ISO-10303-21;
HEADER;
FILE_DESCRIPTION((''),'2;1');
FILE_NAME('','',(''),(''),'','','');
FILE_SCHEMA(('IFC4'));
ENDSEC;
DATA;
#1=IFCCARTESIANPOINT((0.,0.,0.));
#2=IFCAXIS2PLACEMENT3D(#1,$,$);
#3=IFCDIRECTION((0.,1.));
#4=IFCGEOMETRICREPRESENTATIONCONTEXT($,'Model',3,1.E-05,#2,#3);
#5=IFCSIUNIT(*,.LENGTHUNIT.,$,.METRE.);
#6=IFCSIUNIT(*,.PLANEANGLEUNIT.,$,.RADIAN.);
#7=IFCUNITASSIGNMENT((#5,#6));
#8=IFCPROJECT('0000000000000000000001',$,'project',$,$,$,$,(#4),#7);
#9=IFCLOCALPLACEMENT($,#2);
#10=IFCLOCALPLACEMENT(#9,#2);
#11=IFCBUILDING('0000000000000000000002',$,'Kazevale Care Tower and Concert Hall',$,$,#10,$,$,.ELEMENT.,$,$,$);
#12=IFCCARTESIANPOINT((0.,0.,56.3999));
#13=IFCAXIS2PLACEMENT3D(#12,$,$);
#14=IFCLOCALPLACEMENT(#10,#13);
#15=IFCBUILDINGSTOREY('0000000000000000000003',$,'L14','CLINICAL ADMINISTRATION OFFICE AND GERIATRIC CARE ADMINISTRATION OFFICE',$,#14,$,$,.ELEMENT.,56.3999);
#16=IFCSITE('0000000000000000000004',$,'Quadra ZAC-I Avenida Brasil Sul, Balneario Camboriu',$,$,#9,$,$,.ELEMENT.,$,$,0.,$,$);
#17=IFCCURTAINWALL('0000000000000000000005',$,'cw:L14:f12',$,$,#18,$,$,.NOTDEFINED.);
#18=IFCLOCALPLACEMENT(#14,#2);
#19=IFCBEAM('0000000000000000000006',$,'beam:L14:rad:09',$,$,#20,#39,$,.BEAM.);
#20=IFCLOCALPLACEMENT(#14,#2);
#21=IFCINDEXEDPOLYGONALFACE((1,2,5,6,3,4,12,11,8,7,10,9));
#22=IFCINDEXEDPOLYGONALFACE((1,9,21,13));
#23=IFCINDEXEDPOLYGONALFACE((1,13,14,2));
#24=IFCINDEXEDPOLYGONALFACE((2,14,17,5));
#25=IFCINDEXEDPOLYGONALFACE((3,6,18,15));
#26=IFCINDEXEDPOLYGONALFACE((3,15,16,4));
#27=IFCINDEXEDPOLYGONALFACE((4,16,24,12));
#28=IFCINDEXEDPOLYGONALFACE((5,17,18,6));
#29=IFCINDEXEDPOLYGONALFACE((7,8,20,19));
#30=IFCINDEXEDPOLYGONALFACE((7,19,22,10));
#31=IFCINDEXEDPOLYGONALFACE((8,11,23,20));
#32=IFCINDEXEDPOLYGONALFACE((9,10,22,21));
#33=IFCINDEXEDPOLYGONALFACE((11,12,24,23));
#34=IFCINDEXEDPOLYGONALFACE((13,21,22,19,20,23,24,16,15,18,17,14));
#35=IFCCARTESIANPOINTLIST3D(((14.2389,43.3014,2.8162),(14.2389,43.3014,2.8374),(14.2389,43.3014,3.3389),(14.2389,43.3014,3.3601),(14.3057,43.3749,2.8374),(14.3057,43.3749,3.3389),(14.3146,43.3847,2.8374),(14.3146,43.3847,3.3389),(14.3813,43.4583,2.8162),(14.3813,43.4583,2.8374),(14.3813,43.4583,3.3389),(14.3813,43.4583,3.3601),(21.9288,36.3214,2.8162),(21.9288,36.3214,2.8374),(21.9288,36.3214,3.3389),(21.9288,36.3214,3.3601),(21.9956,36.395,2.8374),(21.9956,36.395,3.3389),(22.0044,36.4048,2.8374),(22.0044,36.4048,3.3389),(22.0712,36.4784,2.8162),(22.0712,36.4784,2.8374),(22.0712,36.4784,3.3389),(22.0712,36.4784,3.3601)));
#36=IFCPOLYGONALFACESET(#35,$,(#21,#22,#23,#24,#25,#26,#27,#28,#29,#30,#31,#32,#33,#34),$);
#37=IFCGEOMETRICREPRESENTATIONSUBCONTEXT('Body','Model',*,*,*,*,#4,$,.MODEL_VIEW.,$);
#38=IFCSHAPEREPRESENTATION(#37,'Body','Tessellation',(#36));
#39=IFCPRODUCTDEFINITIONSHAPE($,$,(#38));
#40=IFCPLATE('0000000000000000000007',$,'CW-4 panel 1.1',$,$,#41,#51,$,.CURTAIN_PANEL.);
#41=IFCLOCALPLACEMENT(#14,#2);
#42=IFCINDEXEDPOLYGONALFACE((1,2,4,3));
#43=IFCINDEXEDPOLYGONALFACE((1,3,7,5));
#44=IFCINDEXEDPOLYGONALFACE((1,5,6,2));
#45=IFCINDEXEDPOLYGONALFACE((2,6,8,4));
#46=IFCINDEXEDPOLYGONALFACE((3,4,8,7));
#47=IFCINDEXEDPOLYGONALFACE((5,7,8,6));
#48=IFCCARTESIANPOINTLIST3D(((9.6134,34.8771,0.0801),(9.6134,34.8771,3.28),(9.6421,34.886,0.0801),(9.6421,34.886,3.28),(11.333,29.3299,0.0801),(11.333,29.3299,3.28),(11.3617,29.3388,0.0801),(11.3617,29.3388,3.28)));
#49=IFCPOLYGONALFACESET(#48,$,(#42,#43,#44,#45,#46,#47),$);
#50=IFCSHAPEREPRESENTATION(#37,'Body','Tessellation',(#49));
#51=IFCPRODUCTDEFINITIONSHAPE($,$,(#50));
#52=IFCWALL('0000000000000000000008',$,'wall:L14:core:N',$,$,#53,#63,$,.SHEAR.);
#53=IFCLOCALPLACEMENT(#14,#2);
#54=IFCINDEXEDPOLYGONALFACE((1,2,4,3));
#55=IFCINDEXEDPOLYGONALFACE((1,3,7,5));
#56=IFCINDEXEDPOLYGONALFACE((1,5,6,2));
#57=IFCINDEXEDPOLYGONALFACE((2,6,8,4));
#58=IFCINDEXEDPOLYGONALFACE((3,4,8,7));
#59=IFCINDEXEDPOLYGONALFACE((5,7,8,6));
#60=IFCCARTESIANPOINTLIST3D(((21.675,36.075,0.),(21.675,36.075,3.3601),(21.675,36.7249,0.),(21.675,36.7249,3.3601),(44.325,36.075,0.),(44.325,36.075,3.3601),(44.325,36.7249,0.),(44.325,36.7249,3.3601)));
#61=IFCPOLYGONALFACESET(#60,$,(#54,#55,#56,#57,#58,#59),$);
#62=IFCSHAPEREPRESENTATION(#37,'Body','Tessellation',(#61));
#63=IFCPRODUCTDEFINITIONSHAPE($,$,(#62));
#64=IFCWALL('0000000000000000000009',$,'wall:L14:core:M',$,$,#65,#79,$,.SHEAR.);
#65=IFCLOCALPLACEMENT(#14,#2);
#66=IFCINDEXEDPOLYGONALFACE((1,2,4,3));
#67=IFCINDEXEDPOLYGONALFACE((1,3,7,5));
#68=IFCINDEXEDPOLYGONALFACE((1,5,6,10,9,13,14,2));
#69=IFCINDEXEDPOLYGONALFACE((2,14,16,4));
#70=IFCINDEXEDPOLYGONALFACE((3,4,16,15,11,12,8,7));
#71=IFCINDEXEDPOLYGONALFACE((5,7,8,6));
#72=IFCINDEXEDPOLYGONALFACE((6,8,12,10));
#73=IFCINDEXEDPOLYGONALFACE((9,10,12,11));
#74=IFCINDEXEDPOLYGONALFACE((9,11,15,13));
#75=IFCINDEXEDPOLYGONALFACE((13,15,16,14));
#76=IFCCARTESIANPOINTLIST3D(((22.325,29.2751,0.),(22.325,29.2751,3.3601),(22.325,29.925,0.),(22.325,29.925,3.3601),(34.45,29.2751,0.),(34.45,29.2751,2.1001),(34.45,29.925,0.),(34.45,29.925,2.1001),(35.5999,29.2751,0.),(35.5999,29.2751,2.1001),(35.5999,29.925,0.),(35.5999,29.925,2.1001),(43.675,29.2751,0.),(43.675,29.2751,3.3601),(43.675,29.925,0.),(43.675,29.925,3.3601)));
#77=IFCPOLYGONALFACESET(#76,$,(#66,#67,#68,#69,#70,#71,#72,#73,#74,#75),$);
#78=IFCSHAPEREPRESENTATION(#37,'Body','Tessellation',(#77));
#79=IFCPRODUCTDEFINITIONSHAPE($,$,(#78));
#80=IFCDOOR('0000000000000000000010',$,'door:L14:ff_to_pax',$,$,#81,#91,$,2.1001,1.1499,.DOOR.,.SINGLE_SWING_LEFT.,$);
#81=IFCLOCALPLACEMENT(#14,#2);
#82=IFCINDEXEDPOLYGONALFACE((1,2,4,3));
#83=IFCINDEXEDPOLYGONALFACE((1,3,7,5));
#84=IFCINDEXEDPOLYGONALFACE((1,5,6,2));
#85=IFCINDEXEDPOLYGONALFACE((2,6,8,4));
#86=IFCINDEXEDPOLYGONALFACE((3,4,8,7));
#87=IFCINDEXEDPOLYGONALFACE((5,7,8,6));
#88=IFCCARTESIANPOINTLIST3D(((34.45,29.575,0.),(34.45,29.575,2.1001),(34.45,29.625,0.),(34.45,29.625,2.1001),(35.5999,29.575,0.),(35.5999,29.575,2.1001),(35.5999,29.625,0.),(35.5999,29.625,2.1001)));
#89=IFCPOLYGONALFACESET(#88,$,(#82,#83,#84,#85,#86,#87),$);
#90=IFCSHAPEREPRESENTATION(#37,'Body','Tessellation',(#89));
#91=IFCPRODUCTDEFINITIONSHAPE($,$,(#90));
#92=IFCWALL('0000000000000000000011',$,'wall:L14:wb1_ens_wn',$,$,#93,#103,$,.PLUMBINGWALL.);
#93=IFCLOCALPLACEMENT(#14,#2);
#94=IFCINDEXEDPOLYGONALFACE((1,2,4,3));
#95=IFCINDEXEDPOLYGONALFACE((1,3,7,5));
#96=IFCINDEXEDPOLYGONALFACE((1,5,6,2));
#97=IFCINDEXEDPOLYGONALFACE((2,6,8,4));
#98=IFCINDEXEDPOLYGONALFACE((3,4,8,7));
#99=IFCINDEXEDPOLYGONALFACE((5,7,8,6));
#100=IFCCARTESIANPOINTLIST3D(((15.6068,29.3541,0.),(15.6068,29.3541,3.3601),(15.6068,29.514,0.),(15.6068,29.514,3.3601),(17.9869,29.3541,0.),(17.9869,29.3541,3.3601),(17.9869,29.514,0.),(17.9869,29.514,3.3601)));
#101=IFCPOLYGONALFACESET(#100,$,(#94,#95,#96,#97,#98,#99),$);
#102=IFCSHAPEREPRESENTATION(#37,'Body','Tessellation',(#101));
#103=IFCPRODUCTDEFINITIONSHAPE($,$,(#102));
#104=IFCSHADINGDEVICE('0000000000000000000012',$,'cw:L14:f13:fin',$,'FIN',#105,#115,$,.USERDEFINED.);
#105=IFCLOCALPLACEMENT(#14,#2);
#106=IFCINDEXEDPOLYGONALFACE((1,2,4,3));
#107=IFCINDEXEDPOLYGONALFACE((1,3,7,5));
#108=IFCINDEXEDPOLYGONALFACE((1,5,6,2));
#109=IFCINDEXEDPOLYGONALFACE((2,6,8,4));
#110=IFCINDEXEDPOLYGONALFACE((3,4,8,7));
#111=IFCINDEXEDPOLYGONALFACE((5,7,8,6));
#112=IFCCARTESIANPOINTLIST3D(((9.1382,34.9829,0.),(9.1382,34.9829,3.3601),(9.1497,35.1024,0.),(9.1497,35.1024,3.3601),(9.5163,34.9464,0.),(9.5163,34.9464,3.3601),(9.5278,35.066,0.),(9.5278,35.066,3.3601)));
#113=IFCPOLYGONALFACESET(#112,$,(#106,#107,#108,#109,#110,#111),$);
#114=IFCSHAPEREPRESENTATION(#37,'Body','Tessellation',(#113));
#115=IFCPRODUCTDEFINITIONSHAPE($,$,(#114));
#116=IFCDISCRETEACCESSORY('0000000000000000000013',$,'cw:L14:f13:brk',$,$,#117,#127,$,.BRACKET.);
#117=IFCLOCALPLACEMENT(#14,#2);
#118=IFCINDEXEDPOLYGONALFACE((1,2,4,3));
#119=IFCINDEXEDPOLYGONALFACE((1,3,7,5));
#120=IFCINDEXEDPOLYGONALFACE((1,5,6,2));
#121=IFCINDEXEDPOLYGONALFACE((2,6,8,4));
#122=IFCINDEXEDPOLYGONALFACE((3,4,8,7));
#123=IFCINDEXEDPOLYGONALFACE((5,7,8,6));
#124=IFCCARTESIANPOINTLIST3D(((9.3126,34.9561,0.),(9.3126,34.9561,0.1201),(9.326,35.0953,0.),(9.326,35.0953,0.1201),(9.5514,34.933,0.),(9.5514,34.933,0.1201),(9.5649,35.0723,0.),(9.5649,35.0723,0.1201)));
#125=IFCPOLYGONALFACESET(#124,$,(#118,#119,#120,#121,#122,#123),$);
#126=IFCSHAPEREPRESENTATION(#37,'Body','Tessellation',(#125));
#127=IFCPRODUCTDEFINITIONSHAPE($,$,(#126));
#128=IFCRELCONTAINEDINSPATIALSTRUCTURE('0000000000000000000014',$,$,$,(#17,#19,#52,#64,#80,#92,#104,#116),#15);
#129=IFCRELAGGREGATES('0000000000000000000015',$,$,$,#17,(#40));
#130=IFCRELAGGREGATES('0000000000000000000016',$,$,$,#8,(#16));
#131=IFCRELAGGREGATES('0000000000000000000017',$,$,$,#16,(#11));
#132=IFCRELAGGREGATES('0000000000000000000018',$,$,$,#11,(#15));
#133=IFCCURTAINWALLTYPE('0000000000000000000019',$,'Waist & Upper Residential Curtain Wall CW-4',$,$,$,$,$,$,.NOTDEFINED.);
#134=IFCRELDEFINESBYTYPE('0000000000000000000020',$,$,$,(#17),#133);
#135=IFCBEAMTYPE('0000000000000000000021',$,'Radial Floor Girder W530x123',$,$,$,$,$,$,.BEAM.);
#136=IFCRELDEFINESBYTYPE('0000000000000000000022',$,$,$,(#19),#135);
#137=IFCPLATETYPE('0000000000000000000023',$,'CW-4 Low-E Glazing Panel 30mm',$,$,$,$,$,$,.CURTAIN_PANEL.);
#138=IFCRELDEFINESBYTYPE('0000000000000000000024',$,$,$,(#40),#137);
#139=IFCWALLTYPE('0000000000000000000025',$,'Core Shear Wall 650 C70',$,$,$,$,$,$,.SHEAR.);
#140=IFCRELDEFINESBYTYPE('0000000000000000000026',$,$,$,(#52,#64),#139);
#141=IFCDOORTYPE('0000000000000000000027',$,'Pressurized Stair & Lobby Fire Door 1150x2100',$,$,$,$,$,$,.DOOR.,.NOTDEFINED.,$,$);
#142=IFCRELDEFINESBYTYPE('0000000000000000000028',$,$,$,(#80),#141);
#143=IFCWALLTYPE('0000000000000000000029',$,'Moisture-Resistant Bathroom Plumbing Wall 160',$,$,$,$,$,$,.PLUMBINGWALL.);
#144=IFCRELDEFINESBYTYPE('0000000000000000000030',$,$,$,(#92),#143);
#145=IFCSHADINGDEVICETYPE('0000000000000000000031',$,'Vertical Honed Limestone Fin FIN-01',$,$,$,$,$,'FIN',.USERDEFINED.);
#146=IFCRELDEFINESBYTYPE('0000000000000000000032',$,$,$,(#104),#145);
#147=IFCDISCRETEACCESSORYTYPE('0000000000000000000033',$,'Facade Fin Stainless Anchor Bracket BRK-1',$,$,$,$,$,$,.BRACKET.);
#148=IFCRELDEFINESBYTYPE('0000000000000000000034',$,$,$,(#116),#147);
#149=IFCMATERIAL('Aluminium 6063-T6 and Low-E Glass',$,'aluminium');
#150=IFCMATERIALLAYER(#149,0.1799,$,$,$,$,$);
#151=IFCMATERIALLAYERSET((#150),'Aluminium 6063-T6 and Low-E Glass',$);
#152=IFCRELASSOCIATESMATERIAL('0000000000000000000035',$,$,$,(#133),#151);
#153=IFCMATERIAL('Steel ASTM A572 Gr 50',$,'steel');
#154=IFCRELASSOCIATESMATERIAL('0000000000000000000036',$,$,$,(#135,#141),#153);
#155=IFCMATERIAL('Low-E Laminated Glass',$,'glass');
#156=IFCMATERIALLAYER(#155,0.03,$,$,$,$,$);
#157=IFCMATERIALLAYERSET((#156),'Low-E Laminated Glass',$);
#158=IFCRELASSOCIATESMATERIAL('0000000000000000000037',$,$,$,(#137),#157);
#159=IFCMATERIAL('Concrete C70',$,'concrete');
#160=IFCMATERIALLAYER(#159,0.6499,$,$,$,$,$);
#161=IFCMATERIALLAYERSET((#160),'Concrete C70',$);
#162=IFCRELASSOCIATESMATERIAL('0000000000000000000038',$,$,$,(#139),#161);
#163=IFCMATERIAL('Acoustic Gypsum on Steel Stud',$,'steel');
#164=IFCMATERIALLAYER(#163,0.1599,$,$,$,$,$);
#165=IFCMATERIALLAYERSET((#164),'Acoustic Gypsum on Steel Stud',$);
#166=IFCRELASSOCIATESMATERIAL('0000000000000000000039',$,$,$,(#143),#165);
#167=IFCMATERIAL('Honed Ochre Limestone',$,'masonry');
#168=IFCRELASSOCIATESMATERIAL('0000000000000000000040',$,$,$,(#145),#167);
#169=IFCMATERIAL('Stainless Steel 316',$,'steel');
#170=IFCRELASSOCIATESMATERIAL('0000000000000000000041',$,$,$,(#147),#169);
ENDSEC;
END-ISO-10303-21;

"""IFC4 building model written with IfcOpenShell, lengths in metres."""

from ifc_helpers import new_model, si_unit, direction, frame, frame_2d, origin, origin_2d, place, context, subcontext, project, spatial, rectangle, i_section, extrude, material, layer, layer_set, material_profile, profile_set, type_object, element, fill, aggregate, save


model = new_model("IFC4")

# Units and contexts
model_context = context("Model", 3, precision=1e-05, world=origin(), true_north=direction((0.0, 1.0)))
body_context = subcontext(model_context, "Body", "Model", "MODEL_VIEW")
ifc_project = project(units=[si_unit("LENGTHUNIT", "METRE"), si_unit("PLANEANGLEUNIT", "RADIAN")], contexts=[model_context])

# Site, building, storey
site_placement = place(None, origin())
site = spatial("IfcSite", under=ifc_project, at=site_placement, Name="Quadra ZAC-I Avenida Brasil Sul, Balneario Camboriu", CompositionType="ELEMENT", RefElevation=0.0)
building_placement = place(site_placement, origin())
building = spatial("IfcBuilding", under=site, at=building_placement, Name="Kazevale Care Tower and Concert Hall", CompositionType="ELEMENT")
storey_placement = place(building_placement, frame((0.0, 0.0, 56.3999)))
storey = spatial("IfcBuildingStorey", under=building, at=storey_placement, Name="L14", Description="CLINICAL ADMINISTRATION OFFICE AND GERIATRIC CARE ADMINISTRATION OFFICE", CompositionType="ELEMENT", Elevation=56.3999)

# Shared definitions
ifc_material_1 = material(Name="Concrete C70", Category="concrete")

# Curtain wall
ifc_material_2 = material(Name="Aluminium 6063-T6 and Low-E Glass", Category="aluminium")
ifc_layer_1 = layer(ifc_material_2, 0.1799)
ifc_layer_set_1 = layer_set([ifc_layer_1], Name="Aluminium 6063-T6 and Low-E Glass")
curtain_wall_type = type_object("IfcCurtainWallType", Name="Waist & Upper Residential Curtain Wall CW-4", PredefinedType="NOTDEFINED", material=ifc_layer_set_1)
curtain_wall_1_placement = place(storey_placement, origin())
curtain_wall_1 = element("IfcCurtainWall", 1, at=curtain_wall_1_placement, inside=storey, type_object=curtain_wall_type, Name="cw:L14:f12", PredefinedType="NOTDEFINED")

# Beam
ifc_material_3 = material(Name="Steel ASTM A572 Gr 50", Category="steel")
ifc_material_profile_1 = material_profile(ifc_material_3, i_section(OverallWidth=0.2119, OverallDepth=0.5439, WebThickness=0.0132, FlangeThickness=0.0212, at=origin_2d()), Name="W530x123")
ifc_profile_set_1 = profile_set([ifc_material_profile_1], Name="Steel ASTM A572 Gr 50")
beam_type_1 = type_object("IfcBeamType", Name="Radial Floor Girder W530x123", PredefinedType="BEAM", material=ifc_profile_set_1)
beam_1_placement = place(storey_placement, frame((22.0, 36.3999, 3.0881), z_axis=(-0.740461, 0.672099, 0.0), x_axis=(-0.672099, -0.740461, 0.0)))
element("IfcBeam", 2, at=beam_1_placement, inside=storey, type_object=beam_type_1, Name="beam:L14:rad:09", PredefinedType="BEAM", context=body_context, shape_type="SweptSolid", body=[
    extrude(i_section(OverallWidth=0.2119, OverallDepth=0.5439, WebThickness=0.0132, FlangeThickness=0.0212, at=origin_2d()), origin(), (0.0, 0.0, 1.0), 10.3853),
])

# Plate
ifc_material_4 = material(Name="Low-E Laminated Glass", Category="glass")
ifc_layer_2 = layer(ifc_material_4, 0.03)
ifc_layer_set_2 = layer_set([ifc_layer_2], Name="Low-E Laminated Glass")
plate_type = type_object("IfcPlateType", Name="CW-4 Low-E Glazing Panel 30mm", PredefinedType="CURTAIN_PANEL", material=ifc_layer_set_2)
plate_placement = place(storey_placement, frame((10.4875, 32.1079, 0.0801), z_axis=(0.0, 0.0, 1.0), x_axis=(-0.296099, 0.955157, 0.0)))
plate = element("IfcPlate", 3, at=plate_placement, type_object=plate_type, Name="CW-4 panel 1.1", PredefinedType="CURTAIN_PANEL", context=body_context, shape_type="SweptSolid", body=[
    extrude(rectangle(XDim=5.8076, YDim=0.03, at=origin_2d()), origin(), (0.0, 0.0, 1.0), 3.2),
])
aggregate(curtain_wall_1, [plate])

# Wall
ifc_layer_3 = layer(ifc_material_1, 0.6499)
ifc_layer_set_3 = layer_set([ifc_layer_3], Name="Concrete C70")
wall_type_1 = type_object("IfcWallType", Name="Core Shear Wall 650 C70", PredefinedType="SHEAR", material=ifc_layer_set_3)
wall_1_placement = place(storey_placement, frame((21.675, 36.3999, 0.0), z_axis=(0.0, 0.0, 1.0), x_axis=(1.0, 0.0, 0.0)))
element("IfcWall", 4, at=wall_1_placement, inside=storey, type_object=wall_type_1, Name="wall:L14:core:N", PredefinedType="SHEAR", context=body_context, shape_type="SweptSolid", body=[
    extrude(rectangle(XDim=22.6499, YDim=0.6499, at=frame_2d((11.325, 0.0))), origin(), (0.0, 0.0, 1.0), 3.3601),
])

# Wall, opening, door
wall_2_placement = place(storey_placement, frame((22.325, 29.6001, 0.0), z_axis=(0.0, 0.0, 1.0), x_axis=(1.0, 0.0, 0.0)))
wall_2 = element("IfcWall", 5, at=wall_2_placement, inside=storey, type_object=wall_type_1, Name="wall:L14:core:M", PredefinedType="SHEAR", context=body_context, shape_type="SweptSolid", body=[
    extrude(rectangle(XDim=21.3501, YDim=0.6499, at=frame_2d((10.675, 0.0))), origin(), (0.0, 0.0, 1.0), 3.3601),
])
opening_placement = place(wall_2_placement, frame((12.125, 0.0, 0.0)))
opening = element("IfcOpeningElement", 6, at=opening_placement, cuts=wall_2, PredefinedType="OPENING", context=body_context, shape_type="SweptSolid", body=[
    extrude(rectangle(XDim=1.1499, YDim=2.1001, at=frame_2d((0.575, 1.05))), frame((0.0, 0.335, 0.0), z_axis=(0.0, -1.0, 0.0), x_axis=(1.0, 0.0, 0.0)), (0.0, 0.0, 1.0), 0.6699),
])
door_type = type_object("IfcDoorType", Name="Pressurized Stair & Lobby Fire Door 1150x2100", OperationType="NOTDEFINED", PredefinedType="DOOR", material=ifc_material_3)
door_placement = place(opening_placement, origin())
door = element("IfcDoor", 7, at=door_placement, inside=storey, type_object=door_type, Name="door:L14:ff_to_pax", OperationType="SINGLE_SWING_LEFT", OverallHeight=2.1001, OverallWidth=1.1499, PredefinedType="DOOR", context=body_context, shape_type="SweptSolid", body=[
    extrude(rectangle(XDim=1.1499, YDim=2.1001, at=frame_2d((0.575, 1.05))), frame((0.0, 0.0249, 0.0), z_axis=(0.0, -1.0, 0.0), x_axis=(1.0, 0.0, 0.0)), (0.0, 0.0, 1.0), 0.05),
])
fill(opening, door)

# Wall
ifc_material_5 = material(Name="Acoustic Gypsum on Steel Stud", Category="steel")
ifc_layer_4 = layer(ifc_material_5, 0.1599)
ifc_layer_set_4 = layer_set([ifc_layer_4], Name="Acoustic Gypsum on Steel Stud")
wall_type_2 = type_object("IfcWallType", Name="Moisture-Resistant Bathroom Plumbing Wall 160", PredefinedType="PLUMBINGWALL", material=ifc_layer_set_4)
wall_3_placement = place(storey_placement, frame((15.6069, 29.4341, 0.0), z_axis=(0.0, 0.0, 1.0), x_axis=(1.0, 0.0, 0.0)))
element("IfcWall", 8, at=wall_3_placement, inside=storey, type_object=wall_type_2, Name="wall:L14:wb1_ens_wn", PredefinedType="PLUMBINGWALL", context=body_context, shape_type="SweptSolid", body=[
    extrude(rectangle(XDim=2.3801, YDim=0.1599, at=frame_2d((1.1899, 0.0))), origin(), (0.0, 0.0, 1.0), 3.3601),
])

# Shading device
ifc_material_6 = material(Name="Honed Ochre Limestone", Category="masonry")
shading_device_type = type_object("IfcShadingDeviceType", Name="Vertical Honed Limestone Fin FIN-01", ElementType="FIN", PredefinedType="USERDEFINED", material=ifc_material_6)
shading_device_placement = place(storey_placement, frame((9.333, 35.0244, 0.0), z_axis=(0.0, 0.0, 1.0), x_axis=(-0.995379, 0.096019, 0.0)))
element("IfcShadingDevice", 9, at=shading_device_placement, inside=storey, type_object=shading_device_type, Name="cw:L14:f13:fin", ObjectType="FIN", PredefinedType="USERDEFINED", context=body_context, shape_type="SweptSolid", body=[
    extrude(rectangle(XDim=0.3799, YDim=0.1201, at=origin_2d()), origin(), (0.0, 0.0, 1.0), 3.3601),
])

# Discrete accessory
ifc_material_7 = material(Name="Stainless Steel 316", Category="steel")
discrete_accessory_type = type_object("IfcDiscreteAccessoryType", Name="Facade Fin Stainless Anchor Bracket BRK-1", PredefinedType="BRACKET", material=ifc_material_7)
discrete_accessory_placement = place(storey_placement, frame((9.4387, 35.0142, 0.0), z_axis=(0.0, 0.0, 1.0), x_axis=(-0.995379, 0.096019, 0.0)))
element("IfcDiscreteAccessory", 10, at=discrete_accessory_placement, inside=storey, type_object=discrete_accessory_type, Name="cw:L14:f13:brk", PredefinedType="BRACKET", context=body_context, shape_type="SweptSolid", body=[
    extrude(rectangle(XDim=0.24, YDim=0.1399, at=origin_2d()), origin(), (0.0, 0.0, 1.0), 0.1201),
])

save(model, "model.ifc")
